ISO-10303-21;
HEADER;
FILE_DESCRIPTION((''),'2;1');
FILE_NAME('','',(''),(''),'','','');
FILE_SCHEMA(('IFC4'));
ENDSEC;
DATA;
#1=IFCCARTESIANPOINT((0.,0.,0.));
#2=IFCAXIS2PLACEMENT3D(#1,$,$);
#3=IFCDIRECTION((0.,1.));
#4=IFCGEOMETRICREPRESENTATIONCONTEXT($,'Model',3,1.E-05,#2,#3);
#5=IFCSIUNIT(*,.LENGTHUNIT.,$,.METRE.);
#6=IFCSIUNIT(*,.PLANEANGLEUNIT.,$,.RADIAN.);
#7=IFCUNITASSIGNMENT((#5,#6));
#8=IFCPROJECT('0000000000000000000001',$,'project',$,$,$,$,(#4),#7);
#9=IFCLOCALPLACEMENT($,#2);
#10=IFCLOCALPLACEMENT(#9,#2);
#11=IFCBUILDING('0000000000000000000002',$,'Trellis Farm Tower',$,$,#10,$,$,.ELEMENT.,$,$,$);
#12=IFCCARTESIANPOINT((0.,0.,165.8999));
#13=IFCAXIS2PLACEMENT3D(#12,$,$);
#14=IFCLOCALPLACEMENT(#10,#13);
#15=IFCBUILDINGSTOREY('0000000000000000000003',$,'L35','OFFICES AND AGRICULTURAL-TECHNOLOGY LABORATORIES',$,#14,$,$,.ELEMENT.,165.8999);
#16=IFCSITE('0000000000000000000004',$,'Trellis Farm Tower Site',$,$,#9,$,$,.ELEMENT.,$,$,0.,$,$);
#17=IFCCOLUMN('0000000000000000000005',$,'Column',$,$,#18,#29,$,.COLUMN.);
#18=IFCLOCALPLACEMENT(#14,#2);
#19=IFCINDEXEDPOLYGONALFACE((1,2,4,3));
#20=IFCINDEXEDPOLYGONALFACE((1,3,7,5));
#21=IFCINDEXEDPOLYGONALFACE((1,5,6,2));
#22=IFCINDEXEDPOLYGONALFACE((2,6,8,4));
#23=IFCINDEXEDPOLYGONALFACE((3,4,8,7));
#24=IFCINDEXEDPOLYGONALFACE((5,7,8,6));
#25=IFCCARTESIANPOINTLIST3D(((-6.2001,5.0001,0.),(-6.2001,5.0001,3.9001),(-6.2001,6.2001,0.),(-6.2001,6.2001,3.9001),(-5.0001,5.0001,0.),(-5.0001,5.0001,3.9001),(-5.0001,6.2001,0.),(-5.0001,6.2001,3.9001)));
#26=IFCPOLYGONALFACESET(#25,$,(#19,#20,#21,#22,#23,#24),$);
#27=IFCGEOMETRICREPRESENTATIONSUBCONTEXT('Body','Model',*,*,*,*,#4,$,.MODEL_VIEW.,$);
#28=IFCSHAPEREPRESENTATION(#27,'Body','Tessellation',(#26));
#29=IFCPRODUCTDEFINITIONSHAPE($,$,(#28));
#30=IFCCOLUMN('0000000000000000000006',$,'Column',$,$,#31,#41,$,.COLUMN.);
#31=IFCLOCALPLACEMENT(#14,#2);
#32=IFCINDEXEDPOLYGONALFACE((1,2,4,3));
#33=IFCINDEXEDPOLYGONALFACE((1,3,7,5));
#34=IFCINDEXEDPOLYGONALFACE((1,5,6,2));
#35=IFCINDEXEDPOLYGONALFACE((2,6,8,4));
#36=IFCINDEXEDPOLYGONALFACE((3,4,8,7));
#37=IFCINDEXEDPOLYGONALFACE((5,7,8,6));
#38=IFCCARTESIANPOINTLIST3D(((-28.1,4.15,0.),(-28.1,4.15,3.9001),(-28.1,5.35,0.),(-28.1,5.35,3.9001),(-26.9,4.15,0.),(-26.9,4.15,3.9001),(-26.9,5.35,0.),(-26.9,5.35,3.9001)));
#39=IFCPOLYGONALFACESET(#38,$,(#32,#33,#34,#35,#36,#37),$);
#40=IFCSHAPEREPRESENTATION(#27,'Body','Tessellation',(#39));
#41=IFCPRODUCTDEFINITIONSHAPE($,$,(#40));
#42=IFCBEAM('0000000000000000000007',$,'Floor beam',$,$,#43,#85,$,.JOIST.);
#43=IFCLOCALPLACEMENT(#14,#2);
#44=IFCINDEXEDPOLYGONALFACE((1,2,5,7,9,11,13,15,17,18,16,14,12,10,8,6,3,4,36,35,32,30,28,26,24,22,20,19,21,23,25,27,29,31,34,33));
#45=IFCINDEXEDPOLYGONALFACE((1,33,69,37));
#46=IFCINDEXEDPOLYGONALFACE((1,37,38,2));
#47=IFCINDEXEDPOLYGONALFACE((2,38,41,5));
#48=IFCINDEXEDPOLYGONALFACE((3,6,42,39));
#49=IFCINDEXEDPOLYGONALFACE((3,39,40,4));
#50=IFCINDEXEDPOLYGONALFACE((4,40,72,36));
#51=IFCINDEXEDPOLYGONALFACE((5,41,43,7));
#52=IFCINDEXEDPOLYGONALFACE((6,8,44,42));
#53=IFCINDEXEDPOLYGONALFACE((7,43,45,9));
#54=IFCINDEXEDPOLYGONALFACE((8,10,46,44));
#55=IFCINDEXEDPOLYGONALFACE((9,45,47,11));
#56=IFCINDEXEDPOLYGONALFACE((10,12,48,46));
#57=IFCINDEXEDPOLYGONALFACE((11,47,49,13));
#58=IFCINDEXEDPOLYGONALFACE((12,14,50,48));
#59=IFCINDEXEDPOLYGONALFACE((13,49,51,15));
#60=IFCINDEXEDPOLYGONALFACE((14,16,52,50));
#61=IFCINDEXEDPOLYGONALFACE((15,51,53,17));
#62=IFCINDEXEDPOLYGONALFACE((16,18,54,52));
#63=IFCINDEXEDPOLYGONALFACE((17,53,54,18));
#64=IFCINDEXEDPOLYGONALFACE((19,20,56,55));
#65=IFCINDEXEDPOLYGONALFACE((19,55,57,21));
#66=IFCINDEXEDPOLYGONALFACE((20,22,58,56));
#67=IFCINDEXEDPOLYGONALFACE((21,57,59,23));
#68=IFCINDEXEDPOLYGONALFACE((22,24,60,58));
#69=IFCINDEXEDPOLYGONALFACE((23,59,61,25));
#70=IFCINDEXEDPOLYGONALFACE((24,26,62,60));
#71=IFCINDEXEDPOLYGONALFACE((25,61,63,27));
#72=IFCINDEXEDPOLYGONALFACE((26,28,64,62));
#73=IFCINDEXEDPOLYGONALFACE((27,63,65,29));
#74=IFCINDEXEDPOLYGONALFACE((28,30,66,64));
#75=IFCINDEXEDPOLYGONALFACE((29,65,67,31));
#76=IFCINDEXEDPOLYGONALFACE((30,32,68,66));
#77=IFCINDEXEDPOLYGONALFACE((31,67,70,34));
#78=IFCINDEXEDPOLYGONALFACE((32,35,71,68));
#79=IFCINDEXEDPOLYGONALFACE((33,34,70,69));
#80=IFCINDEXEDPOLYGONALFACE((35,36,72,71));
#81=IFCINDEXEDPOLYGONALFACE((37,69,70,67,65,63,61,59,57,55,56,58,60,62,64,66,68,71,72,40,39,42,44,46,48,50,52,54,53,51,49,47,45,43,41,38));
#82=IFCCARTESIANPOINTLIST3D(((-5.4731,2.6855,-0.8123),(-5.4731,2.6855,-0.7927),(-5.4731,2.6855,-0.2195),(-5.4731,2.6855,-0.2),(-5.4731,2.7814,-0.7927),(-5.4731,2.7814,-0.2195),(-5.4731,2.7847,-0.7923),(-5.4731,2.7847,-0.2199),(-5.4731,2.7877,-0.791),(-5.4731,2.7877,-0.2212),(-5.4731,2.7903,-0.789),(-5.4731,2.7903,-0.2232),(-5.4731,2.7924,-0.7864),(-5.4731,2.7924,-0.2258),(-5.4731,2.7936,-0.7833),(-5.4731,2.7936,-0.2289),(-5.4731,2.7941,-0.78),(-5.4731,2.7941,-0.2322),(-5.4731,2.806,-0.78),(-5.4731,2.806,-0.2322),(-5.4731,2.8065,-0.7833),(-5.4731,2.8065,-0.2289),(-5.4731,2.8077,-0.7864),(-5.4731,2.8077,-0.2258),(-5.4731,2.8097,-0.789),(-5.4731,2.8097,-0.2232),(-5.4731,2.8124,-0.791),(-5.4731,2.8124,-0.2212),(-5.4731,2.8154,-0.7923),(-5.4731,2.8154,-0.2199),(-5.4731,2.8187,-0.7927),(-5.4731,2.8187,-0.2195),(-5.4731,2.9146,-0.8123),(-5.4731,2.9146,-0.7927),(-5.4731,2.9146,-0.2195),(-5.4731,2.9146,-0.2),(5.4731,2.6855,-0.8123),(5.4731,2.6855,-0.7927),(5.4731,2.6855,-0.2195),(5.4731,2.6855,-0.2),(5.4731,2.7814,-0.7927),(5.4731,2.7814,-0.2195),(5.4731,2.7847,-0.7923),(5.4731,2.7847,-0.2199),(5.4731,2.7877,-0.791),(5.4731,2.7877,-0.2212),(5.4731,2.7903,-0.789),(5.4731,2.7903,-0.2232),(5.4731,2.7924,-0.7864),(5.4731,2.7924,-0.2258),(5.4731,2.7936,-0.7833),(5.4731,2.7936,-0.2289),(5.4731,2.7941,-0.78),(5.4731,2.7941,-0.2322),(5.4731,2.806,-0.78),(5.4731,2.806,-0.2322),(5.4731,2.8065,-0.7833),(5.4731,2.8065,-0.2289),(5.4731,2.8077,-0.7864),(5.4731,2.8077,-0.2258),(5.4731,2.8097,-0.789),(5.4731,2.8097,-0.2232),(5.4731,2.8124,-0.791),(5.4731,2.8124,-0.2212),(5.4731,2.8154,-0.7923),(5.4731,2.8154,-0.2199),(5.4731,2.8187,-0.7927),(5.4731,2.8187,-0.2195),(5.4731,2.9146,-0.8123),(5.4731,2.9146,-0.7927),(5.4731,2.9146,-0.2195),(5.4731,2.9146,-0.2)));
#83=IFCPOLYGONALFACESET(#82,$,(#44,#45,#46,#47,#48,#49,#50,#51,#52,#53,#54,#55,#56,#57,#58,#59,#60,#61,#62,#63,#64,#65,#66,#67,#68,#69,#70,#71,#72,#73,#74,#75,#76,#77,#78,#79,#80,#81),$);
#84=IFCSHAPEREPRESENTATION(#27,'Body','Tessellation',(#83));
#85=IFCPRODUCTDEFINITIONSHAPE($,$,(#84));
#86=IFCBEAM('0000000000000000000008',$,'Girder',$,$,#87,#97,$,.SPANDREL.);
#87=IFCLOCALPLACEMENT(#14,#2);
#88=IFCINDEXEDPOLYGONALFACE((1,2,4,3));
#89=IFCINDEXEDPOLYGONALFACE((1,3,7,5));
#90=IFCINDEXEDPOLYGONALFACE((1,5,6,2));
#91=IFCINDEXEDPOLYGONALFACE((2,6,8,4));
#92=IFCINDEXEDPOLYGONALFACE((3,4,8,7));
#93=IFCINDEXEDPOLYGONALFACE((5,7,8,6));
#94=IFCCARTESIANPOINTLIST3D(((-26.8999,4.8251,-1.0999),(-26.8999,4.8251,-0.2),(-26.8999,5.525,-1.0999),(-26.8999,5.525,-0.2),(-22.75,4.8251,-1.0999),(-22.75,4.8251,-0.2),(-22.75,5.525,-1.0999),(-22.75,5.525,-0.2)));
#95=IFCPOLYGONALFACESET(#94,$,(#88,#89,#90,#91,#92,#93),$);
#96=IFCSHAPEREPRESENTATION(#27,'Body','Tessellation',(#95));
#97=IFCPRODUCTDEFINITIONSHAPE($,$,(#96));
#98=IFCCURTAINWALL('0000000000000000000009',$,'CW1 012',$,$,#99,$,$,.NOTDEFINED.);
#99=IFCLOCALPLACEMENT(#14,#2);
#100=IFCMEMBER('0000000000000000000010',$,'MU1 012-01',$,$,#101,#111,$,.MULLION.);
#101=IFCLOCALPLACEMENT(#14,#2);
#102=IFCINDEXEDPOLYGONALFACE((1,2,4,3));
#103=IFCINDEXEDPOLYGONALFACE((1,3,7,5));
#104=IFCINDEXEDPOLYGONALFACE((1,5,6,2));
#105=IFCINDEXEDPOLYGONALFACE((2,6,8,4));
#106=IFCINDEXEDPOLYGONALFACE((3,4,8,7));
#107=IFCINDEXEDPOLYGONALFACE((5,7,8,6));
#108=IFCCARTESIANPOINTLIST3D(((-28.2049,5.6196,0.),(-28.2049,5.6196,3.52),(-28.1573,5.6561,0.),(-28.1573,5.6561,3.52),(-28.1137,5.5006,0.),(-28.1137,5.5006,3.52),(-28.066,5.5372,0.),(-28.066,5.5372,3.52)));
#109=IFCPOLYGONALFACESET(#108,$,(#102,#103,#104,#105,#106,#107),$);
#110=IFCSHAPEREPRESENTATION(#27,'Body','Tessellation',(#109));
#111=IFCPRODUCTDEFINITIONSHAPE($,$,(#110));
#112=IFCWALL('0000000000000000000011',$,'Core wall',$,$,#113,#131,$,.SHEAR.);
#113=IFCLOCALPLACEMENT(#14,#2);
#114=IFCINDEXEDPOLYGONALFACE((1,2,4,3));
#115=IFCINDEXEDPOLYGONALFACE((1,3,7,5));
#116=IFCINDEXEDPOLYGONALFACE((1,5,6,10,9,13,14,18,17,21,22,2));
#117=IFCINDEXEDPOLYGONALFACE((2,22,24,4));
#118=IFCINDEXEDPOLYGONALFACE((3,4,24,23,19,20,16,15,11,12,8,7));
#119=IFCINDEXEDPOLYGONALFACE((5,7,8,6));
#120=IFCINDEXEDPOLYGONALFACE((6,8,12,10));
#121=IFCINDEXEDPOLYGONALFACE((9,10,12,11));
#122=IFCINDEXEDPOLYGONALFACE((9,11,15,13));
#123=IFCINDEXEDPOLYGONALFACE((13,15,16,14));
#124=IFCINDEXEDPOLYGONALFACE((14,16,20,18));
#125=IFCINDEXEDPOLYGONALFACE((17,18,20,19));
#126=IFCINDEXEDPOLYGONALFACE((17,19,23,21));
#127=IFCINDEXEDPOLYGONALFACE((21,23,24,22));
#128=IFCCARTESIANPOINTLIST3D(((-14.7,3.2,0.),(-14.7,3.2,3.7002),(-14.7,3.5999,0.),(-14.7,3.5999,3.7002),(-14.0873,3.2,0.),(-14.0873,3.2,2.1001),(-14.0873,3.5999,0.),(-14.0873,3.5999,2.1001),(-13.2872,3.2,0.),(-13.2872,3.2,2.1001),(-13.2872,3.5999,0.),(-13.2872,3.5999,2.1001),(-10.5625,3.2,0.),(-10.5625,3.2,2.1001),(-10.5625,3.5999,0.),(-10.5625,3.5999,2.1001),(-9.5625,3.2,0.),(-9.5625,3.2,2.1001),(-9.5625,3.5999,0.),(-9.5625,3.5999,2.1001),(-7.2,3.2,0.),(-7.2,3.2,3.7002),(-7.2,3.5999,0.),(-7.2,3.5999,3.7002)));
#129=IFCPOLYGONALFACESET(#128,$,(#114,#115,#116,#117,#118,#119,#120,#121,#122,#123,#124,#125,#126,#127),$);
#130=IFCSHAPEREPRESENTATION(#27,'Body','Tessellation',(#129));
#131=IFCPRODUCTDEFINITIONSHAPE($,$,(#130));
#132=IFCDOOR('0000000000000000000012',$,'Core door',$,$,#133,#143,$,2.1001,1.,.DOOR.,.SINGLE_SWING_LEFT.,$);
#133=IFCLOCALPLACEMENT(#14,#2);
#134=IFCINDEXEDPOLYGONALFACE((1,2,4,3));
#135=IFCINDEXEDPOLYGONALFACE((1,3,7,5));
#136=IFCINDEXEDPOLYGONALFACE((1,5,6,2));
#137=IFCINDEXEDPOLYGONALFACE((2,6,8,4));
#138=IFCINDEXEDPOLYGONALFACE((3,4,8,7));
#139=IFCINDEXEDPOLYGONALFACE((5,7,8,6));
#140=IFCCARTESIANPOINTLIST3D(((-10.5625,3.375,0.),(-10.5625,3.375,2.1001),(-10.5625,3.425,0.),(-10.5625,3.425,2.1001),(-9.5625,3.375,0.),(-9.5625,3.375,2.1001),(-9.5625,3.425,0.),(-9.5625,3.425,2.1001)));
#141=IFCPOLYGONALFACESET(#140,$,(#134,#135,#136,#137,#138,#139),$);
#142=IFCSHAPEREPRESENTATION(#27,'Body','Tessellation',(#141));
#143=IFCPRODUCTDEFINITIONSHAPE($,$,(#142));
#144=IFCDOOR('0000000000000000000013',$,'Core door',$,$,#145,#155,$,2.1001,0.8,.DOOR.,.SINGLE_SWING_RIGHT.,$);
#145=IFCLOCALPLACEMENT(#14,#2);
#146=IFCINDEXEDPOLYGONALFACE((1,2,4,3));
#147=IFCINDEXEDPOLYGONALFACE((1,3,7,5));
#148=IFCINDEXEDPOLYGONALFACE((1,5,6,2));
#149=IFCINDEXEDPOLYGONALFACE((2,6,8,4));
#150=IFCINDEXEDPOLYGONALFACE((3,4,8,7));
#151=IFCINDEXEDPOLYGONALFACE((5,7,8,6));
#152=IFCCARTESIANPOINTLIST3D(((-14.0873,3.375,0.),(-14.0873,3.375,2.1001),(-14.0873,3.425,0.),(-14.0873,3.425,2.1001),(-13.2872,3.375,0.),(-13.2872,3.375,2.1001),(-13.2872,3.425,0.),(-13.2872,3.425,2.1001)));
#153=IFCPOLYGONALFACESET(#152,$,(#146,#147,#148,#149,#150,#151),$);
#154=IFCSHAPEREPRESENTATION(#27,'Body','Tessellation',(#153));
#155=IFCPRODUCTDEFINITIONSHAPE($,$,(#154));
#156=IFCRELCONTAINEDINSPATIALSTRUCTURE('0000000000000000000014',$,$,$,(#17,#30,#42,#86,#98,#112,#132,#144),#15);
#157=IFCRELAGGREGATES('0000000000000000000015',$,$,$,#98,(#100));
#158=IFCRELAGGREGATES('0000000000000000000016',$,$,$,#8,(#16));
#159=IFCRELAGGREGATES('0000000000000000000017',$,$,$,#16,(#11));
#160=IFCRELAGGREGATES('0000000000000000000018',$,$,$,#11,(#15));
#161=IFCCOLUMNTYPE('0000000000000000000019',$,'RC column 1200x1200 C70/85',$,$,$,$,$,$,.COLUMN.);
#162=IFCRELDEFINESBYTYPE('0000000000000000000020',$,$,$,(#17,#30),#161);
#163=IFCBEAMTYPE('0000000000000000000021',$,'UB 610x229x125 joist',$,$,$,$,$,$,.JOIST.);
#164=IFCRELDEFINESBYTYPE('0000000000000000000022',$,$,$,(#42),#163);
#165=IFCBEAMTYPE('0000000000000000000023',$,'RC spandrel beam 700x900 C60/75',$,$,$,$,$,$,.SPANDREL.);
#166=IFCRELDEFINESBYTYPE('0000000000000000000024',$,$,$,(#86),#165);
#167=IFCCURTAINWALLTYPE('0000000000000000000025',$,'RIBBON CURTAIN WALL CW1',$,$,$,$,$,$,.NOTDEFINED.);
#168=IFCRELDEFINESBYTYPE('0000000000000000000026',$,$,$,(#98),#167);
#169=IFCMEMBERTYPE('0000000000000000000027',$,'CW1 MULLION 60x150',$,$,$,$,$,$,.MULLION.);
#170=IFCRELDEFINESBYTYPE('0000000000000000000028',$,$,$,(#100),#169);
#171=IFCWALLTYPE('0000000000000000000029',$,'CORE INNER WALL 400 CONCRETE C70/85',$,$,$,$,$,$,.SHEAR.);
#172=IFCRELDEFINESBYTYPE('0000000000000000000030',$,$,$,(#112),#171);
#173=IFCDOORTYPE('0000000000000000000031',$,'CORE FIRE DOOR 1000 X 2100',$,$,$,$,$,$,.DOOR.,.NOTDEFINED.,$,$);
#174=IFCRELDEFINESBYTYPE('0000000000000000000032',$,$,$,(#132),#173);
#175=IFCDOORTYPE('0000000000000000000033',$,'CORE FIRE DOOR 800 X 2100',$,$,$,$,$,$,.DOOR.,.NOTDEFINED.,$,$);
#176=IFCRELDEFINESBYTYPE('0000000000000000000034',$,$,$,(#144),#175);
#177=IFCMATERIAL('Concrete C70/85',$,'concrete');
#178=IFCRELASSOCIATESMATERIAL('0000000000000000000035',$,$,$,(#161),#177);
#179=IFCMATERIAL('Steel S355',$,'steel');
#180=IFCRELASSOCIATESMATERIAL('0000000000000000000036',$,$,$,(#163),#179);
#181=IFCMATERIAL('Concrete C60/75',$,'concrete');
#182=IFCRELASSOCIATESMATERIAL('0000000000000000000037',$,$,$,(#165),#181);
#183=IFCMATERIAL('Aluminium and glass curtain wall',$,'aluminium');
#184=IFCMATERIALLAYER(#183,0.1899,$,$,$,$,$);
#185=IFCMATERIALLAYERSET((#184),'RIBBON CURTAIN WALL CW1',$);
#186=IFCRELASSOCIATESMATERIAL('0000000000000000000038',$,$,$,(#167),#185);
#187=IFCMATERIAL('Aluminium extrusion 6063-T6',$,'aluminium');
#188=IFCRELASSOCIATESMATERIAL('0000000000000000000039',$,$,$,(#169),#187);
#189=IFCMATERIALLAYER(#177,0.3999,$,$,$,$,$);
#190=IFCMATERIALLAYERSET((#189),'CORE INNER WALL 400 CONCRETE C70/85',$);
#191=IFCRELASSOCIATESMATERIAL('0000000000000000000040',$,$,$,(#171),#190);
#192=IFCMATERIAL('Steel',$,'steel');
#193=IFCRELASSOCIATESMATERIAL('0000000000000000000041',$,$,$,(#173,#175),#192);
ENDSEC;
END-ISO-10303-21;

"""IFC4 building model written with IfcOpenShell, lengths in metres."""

from ifc_helpers import new_model, si_unit, direction, frame, frame_2d, origin, origin_2d, place, context, subcontext, project, spatial, rectangle, i_section, extrude, source, transform, mapped, material, layer, layer_set, material_profile, profile_set, type_object, element, fill, aggregate, save


model = new_model("IFC4")

# Units and contexts
model_context = context("Model", 3, precision=1e-05, world=origin(), true_north=direction((0.0, 1.0)))
body_context = subcontext(model_context, "Body", "Model", "MODEL_VIEW")
ifc_project = project(units=[si_unit("LENGTHUNIT", "METRE"), si_unit("PLANEANGLEUNIT", "RADIAN")], contexts=[model_context])

# Site, building, storey
site_placement = place(None, origin())
site = spatial("IfcSite", under=ifc_project, at=site_placement, Name="Trellis Farm Tower Site", CompositionType="ELEMENT", RefElevation=0.0)
building_placement = place(site_placement, origin())
building = spatial("IfcBuilding", under=site, at=building_placement, Name="Trellis Farm Tower", CompositionType="ELEMENT")
storey_placement = place(building_placement, frame((0.0, 0.0, 165.8999)))
storey = spatial("IfcBuildingStorey", under=building, at=storey_placement, Name="L35", Description="OFFICES AND AGRICULTURAL-TECHNOLOGY LABORATORIES", CompositionType="ELEMENT", Elevation=165.8999)

# Columns
ifc_material_1 = material(Name="Concrete C70/85", Category="concrete")
ifc_material_profile_1 = material_profile(ifc_material_1, rectangle(XDim=1.2, YDim=1.2, at=origin_2d()), Name="RC column 1200x1200 C70/85")
ifc_profile_set_1 = profile_set([ifc_material_profile_1], Name="Concrete C70/85")
column_type = type_object("IfcColumnType", Name="RC column 1200x1200 C70/85", PredefinedType="COLUMN", material=ifc_profile_set_1)
shared_shape_1 = source(origin(), body_context, "Body", "SweptSolid", [
    extrude(rectangle(XDim=1.2, YDim=1.2, at=origin_2d()), origin(), (0.0, 0.0, 1.0), 3.9001),
])
for number, where, z_axis, x_axis, name in (
    (1, (-5.6001, 5.6001, 0.0), (0.0, 0.0, 1.0), (1.0, 0.0, 0.0), "Column"),
    (2, (-27.5, 4.75, 0.0), (0.0, 0.0, 1.0), (1.0, 0.0, 0.0), "Column"),
):
    element("IfcColumn", number, at=place(storey_placement, frame(where, z_axis=z_axis, x_axis=x_axis)), inside=storey, type_object=column_type, Name=name, PredefinedType="COLUMN", context=body_context, shape_type="MappedRepresentation", body=[
        mapped(shared_shape_1, transform((0.0, 0.0, 0.0))),
    ])

# Beams
ifc_material_2 = material(Name="Steel S355", Category="steel")
ifc_material_profile_2 = material_profile(ifc_material_2, i_section(OverallWidth=0.229, OverallDepth=0.6123, WebThickness=0.012, FlangeThickness=0.0195, FilletRadius=0.0127, at=origin_2d()), Name="UB 610x229x125")
ifc_profile_set_2 = profile_set([ifc_material_profile_2], Name="Steel S355")
beam_type_1 = type_object("IfcBeamType", Name="UB 610x229x125 joist", PredefinedType="JOIST", material=ifc_profile_set_2)
shared_shape_2 = source(origin(), body_context, "Body", "SweptSolid", [
    extrude(i_section(OverallWidth=0.229, OverallDepth=0.6123, WebThickness=0.012, FlangeThickness=0.0195, FilletRadius=0.0127, at=origin_2d()), origin(), (0.0, 0.0, 1.0), 10.9463),
])
beam_1_placement = place(storey_placement, frame((-5.4731, 2.8, -0.5061), z_axis=(1.0, 0.0, 0.0), x_axis=(0.0, 1.0, 0.0)))
element("IfcBeam", 3, at=beam_1_placement, inside=storey, type_object=beam_type_1, Name="Floor beam", PredefinedType="JOIST", context=body_context, shape_type="MappedRepresentation", body=[
    mapped(shared_shape_2, transform((0.0, 0.0, 0.0))),
])
ifc_material_3 = material(Name="Concrete C60/75", Category="concrete")
ifc_material_profile_3 = material_profile(ifc_material_3, rectangle(XDim=0.7, YDim=0.8999, at=origin_2d()), Name="RC spandrel beam 700x900 C60/75")
ifc_profile_set_3 = profile_set([ifc_material_profile_3], Name="Concrete C60/75")
beam_type_2 = type_object("IfcBeamType", Name="RC spandrel beam 700x900 C60/75", PredefinedType="SPANDREL", material=ifc_profile_set_3)
shared_shape_3 = source(origin(), body_context, "Body", "SweptSolid", [
    extrude(rectangle(XDim=0.7, YDim=0.8999, at=origin_2d()), origin(), (0.0, 0.0, 1.0), 4.1499),
])
beam_2_placement = place(storey_placement, frame((-26.8999, 5.175, -0.6499), z_axis=(1.0, 0.0, 0.0), x_axis=(0.0, 1.0, 0.0)))
element("IfcBeam", 4, at=beam_2_placement, inside=storey, type_object=beam_type_2, Name="Girder", PredefinedType="SPANDREL", context=body_context, shape_type="MappedRepresentation", body=[
    mapped(shared_shape_3, transform((0.0, 0.0, 0.0))),
])

# Curtain wall, member
ifc_material_4 = material(Name="Aluminium and glass curtain wall", Category="aluminium")
ifc_layer_1 = layer(ifc_material_4, 0.1899)
ifc_layer_set_1 = layer_set([ifc_layer_1], Name="RIBBON CURTAIN WALL CW1")
curtain_wall_type = type_object("IfcCurtainWallType", Name="RIBBON CURTAIN WALL CW1", PredefinedType="NOTDEFINED", material=ifc_layer_set_1)
placement = place(storey_placement, origin())
curtain_wall = element("IfcCurtainWall", 5, at=placement, inside=storey, type_object=curtain_wall_type, Name="CW1 012", PredefinedType="NOTDEFINED")
ifc_material_5 = material(Name="Aluminium extrusion 6063-T6", Category="aluminium")
ifc_material_profile_4 = material_profile(ifc_material_5, rectangle(XDim=0.0601, YDim=0.1499, at=origin_2d()), Name="MULLION 60x150")
ifc_profile_set_4 = profile_set([ifc_material_profile_4], Name="Aluminium extrusion 6063-T6")
member_type = type_object("IfcMemberType", Name="CW1 MULLION 60x150", PredefinedType="MULLION", material=ifc_profile_set_4)
shared_shape_4 = source(origin(), body_context, "Body", "SweptSolid", [
    extrude(rectangle(XDim=0.0601, YDim=0.1499, at=origin_2d()), origin(), (0.0, 0.0, 1.0), 3.52),
])
member_placement = place(storey_placement, frame((-28.1355, 5.5784, 0.0), z_axis=(0.0, 0.0, 1.0), x_axis=(-0.793353, -0.608761, 0.0)))
member = element("IfcMember", 6, at=member_placement, type_object=member_type, Name="MU1 012-01", PredefinedType="MULLION", context=body_context, shape_type="MappedRepresentation", body=[
    mapped(shared_shape_4, transform((0.0, 0.0, 0.0))),
])
aggregate(curtain_wall, [member])

# Wall, openings, doors
ifc_layer_2 = layer(ifc_material_1, 0.3999)
ifc_layer_set_2 = layer_set([ifc_layer_2], Name="CORE INNER WALL 400 CONCRETE C70/85")
wall_type_1 = type_object("IfcWallType", Name="CORE INNER WALL 400 CONCRETE C70/85", PredefinedType="SHEAR", material=ifc_layer_set_2)
shared_shape_5 = source(origin(), body_context, "Body", "SweptSolid", [
    extrude(rectangle(XDim=7.5, YDim=0.3999, at=frame_2d((3.75, 0.0))), origin(), (0.0, 0.0, 1.0), 3.7002),
])
wall_1_placement = place(storey_placement, frame((-7.2, 3.3999, 0.0), z_axis=(0.0, 0.0, 1.0), x_axis=(-1.0, 0.0, 0.0)))
wall_1 = element("IfcWall", 7, at=wall_1_placement, inside=storey, type_object=wall_type_1, Name="Core wall", PredefinedType="SHEAR", context=body_context, shape_type="MappedRepresentation", body=[
    mapped(shared_shape_5, transform((0.0, 0.0, 0.0))),
])
shared_shape_6 = source(origin(), body_context, "Body", "SweptSolid", [
    extrude(rectangle(XDim=1.0, YDim=2.1001, at=frame_2d((0.5, 1.05))), frame((0.0, 0.21, 0.0), z_axis=(0.0, -1.0, 0.0), x_axis=(1.0, 0.0, 0.0)), (0.0, 0.0, 1.0), 0.4199),
])
opening_1_placement = place(wall_1_placement, frame((2.3625, 0.0, 0.0)))
opening_1 = element("IfcOpeningElement", 8, at=opening_1_placement, cuts=wall_1, PredefinedType="OPENING", context=body_context, shape_type="MappedRepresentation", body=[
    mapped(shared_shape_6, transform((0.0, 0.0, 0.0))),
])
shared_shape_7 = source(origin(), body_context, "Body", "SweptSolid", [
    extrude(rectangle(XDim=0.8, YDim=2.1001, at=frame_2d((0.3999, 1.05))), frame((0.0, 0.21, 0.0), z_axis=(0.0, -1.0, 0.0), x_axis=(1.0, 0.0, 0.0)), (0.0, 0.0, 1.0), 0.4199),
])
opening_2_placement = place(wall_1_placement, frame((6.0874, 0.0, 0.0)))
opening_2 = element("IfcOpeningElement", 9, at=opening_2_placement, cuts=wall_1, PredefinedType="OPENING", context=body_context, shape_type="MappedRepresentation", body=[
    mapped(shared_shape_7, transform((0.0, 0.0, 0.0))),
])
ifc_material_6 = material(Name="Steel", Category="steel")
door_type_1 = type_object("IfcDoorType", Name="CORE FIRE DOOR 1000 X 2100", OperationType="NOTDEFINED", PredefinedType="DOOR", material=ifc_material_6)
shared_shape_8 = source(origin(), body_context, "Body", "SweptSolid", [
    extrude(rectangle(XDim=1.0, YDim=2.1001, at=frame_2d((0.5, 1.05))), frame((0.0, 0.0249, 0.0), z_axis=(0.0, -1.0, 0.0), x_axis=(1.0, 0.0, 0.0)), (0.0, 0.0, 1.0), 0.05),
])
door_1_placement = place(opening_1_placement, origin())
door_1 = element("IfcDoor", 10, at=door_1_placement, inside=storey, type_object=door_type_1, Name="Core door", OperationType="SINGLE_SWING_LEFT", OverallHeight=2.1001, OverallWidth=1.0, PredefinedType="DOOR", context=body_context, shape_type="MappedRepresentation", body=[
    mapped(shared_shape_8, transform((0.0, 0.0, 0.0))),
])
fill(opening_1, door_1)
door_type_2 = type_object("IfcDoorType", Name="CORE FIRE DOOR 800 X 2100", OperationType="NOTDEFINED", PredefinedType="DOOR", material=ifc_material_6)
shared_shape_9 = source(origin(), body_context, "Body", "SweptSolid", [
    extrude(rectangle(XDim=0.8, YDim=2.1001, at=frame_2d((0.3999, 1.05))), frame((0.0, 0.0249, 0.0), z_axis=(0.0, -1.0, 0.0), x_axis=(1.0, 0.0, 0.0)), (0.0, 0.0, 1.0), 0.05),
])
door_2_placement = place(opening_2_placement, origin())
door_2 = element("IfcDoor", 11, at=door_2_placement, inside=storey, type_object=door_type_2, Name="Core door", OperationType="SINGLE_SWING_RIGHT", OverallHeight=2.1001, OverallWidth=0.8, PredefinedType="DOOR", context=body_context, shape_type="MappedRepresentation", body=[
    mapped(shared_shape_9, transform((0.0, 0.0, 0.0))),
])
fill(opening_2, door_2)

save(model, "model.ifc")
